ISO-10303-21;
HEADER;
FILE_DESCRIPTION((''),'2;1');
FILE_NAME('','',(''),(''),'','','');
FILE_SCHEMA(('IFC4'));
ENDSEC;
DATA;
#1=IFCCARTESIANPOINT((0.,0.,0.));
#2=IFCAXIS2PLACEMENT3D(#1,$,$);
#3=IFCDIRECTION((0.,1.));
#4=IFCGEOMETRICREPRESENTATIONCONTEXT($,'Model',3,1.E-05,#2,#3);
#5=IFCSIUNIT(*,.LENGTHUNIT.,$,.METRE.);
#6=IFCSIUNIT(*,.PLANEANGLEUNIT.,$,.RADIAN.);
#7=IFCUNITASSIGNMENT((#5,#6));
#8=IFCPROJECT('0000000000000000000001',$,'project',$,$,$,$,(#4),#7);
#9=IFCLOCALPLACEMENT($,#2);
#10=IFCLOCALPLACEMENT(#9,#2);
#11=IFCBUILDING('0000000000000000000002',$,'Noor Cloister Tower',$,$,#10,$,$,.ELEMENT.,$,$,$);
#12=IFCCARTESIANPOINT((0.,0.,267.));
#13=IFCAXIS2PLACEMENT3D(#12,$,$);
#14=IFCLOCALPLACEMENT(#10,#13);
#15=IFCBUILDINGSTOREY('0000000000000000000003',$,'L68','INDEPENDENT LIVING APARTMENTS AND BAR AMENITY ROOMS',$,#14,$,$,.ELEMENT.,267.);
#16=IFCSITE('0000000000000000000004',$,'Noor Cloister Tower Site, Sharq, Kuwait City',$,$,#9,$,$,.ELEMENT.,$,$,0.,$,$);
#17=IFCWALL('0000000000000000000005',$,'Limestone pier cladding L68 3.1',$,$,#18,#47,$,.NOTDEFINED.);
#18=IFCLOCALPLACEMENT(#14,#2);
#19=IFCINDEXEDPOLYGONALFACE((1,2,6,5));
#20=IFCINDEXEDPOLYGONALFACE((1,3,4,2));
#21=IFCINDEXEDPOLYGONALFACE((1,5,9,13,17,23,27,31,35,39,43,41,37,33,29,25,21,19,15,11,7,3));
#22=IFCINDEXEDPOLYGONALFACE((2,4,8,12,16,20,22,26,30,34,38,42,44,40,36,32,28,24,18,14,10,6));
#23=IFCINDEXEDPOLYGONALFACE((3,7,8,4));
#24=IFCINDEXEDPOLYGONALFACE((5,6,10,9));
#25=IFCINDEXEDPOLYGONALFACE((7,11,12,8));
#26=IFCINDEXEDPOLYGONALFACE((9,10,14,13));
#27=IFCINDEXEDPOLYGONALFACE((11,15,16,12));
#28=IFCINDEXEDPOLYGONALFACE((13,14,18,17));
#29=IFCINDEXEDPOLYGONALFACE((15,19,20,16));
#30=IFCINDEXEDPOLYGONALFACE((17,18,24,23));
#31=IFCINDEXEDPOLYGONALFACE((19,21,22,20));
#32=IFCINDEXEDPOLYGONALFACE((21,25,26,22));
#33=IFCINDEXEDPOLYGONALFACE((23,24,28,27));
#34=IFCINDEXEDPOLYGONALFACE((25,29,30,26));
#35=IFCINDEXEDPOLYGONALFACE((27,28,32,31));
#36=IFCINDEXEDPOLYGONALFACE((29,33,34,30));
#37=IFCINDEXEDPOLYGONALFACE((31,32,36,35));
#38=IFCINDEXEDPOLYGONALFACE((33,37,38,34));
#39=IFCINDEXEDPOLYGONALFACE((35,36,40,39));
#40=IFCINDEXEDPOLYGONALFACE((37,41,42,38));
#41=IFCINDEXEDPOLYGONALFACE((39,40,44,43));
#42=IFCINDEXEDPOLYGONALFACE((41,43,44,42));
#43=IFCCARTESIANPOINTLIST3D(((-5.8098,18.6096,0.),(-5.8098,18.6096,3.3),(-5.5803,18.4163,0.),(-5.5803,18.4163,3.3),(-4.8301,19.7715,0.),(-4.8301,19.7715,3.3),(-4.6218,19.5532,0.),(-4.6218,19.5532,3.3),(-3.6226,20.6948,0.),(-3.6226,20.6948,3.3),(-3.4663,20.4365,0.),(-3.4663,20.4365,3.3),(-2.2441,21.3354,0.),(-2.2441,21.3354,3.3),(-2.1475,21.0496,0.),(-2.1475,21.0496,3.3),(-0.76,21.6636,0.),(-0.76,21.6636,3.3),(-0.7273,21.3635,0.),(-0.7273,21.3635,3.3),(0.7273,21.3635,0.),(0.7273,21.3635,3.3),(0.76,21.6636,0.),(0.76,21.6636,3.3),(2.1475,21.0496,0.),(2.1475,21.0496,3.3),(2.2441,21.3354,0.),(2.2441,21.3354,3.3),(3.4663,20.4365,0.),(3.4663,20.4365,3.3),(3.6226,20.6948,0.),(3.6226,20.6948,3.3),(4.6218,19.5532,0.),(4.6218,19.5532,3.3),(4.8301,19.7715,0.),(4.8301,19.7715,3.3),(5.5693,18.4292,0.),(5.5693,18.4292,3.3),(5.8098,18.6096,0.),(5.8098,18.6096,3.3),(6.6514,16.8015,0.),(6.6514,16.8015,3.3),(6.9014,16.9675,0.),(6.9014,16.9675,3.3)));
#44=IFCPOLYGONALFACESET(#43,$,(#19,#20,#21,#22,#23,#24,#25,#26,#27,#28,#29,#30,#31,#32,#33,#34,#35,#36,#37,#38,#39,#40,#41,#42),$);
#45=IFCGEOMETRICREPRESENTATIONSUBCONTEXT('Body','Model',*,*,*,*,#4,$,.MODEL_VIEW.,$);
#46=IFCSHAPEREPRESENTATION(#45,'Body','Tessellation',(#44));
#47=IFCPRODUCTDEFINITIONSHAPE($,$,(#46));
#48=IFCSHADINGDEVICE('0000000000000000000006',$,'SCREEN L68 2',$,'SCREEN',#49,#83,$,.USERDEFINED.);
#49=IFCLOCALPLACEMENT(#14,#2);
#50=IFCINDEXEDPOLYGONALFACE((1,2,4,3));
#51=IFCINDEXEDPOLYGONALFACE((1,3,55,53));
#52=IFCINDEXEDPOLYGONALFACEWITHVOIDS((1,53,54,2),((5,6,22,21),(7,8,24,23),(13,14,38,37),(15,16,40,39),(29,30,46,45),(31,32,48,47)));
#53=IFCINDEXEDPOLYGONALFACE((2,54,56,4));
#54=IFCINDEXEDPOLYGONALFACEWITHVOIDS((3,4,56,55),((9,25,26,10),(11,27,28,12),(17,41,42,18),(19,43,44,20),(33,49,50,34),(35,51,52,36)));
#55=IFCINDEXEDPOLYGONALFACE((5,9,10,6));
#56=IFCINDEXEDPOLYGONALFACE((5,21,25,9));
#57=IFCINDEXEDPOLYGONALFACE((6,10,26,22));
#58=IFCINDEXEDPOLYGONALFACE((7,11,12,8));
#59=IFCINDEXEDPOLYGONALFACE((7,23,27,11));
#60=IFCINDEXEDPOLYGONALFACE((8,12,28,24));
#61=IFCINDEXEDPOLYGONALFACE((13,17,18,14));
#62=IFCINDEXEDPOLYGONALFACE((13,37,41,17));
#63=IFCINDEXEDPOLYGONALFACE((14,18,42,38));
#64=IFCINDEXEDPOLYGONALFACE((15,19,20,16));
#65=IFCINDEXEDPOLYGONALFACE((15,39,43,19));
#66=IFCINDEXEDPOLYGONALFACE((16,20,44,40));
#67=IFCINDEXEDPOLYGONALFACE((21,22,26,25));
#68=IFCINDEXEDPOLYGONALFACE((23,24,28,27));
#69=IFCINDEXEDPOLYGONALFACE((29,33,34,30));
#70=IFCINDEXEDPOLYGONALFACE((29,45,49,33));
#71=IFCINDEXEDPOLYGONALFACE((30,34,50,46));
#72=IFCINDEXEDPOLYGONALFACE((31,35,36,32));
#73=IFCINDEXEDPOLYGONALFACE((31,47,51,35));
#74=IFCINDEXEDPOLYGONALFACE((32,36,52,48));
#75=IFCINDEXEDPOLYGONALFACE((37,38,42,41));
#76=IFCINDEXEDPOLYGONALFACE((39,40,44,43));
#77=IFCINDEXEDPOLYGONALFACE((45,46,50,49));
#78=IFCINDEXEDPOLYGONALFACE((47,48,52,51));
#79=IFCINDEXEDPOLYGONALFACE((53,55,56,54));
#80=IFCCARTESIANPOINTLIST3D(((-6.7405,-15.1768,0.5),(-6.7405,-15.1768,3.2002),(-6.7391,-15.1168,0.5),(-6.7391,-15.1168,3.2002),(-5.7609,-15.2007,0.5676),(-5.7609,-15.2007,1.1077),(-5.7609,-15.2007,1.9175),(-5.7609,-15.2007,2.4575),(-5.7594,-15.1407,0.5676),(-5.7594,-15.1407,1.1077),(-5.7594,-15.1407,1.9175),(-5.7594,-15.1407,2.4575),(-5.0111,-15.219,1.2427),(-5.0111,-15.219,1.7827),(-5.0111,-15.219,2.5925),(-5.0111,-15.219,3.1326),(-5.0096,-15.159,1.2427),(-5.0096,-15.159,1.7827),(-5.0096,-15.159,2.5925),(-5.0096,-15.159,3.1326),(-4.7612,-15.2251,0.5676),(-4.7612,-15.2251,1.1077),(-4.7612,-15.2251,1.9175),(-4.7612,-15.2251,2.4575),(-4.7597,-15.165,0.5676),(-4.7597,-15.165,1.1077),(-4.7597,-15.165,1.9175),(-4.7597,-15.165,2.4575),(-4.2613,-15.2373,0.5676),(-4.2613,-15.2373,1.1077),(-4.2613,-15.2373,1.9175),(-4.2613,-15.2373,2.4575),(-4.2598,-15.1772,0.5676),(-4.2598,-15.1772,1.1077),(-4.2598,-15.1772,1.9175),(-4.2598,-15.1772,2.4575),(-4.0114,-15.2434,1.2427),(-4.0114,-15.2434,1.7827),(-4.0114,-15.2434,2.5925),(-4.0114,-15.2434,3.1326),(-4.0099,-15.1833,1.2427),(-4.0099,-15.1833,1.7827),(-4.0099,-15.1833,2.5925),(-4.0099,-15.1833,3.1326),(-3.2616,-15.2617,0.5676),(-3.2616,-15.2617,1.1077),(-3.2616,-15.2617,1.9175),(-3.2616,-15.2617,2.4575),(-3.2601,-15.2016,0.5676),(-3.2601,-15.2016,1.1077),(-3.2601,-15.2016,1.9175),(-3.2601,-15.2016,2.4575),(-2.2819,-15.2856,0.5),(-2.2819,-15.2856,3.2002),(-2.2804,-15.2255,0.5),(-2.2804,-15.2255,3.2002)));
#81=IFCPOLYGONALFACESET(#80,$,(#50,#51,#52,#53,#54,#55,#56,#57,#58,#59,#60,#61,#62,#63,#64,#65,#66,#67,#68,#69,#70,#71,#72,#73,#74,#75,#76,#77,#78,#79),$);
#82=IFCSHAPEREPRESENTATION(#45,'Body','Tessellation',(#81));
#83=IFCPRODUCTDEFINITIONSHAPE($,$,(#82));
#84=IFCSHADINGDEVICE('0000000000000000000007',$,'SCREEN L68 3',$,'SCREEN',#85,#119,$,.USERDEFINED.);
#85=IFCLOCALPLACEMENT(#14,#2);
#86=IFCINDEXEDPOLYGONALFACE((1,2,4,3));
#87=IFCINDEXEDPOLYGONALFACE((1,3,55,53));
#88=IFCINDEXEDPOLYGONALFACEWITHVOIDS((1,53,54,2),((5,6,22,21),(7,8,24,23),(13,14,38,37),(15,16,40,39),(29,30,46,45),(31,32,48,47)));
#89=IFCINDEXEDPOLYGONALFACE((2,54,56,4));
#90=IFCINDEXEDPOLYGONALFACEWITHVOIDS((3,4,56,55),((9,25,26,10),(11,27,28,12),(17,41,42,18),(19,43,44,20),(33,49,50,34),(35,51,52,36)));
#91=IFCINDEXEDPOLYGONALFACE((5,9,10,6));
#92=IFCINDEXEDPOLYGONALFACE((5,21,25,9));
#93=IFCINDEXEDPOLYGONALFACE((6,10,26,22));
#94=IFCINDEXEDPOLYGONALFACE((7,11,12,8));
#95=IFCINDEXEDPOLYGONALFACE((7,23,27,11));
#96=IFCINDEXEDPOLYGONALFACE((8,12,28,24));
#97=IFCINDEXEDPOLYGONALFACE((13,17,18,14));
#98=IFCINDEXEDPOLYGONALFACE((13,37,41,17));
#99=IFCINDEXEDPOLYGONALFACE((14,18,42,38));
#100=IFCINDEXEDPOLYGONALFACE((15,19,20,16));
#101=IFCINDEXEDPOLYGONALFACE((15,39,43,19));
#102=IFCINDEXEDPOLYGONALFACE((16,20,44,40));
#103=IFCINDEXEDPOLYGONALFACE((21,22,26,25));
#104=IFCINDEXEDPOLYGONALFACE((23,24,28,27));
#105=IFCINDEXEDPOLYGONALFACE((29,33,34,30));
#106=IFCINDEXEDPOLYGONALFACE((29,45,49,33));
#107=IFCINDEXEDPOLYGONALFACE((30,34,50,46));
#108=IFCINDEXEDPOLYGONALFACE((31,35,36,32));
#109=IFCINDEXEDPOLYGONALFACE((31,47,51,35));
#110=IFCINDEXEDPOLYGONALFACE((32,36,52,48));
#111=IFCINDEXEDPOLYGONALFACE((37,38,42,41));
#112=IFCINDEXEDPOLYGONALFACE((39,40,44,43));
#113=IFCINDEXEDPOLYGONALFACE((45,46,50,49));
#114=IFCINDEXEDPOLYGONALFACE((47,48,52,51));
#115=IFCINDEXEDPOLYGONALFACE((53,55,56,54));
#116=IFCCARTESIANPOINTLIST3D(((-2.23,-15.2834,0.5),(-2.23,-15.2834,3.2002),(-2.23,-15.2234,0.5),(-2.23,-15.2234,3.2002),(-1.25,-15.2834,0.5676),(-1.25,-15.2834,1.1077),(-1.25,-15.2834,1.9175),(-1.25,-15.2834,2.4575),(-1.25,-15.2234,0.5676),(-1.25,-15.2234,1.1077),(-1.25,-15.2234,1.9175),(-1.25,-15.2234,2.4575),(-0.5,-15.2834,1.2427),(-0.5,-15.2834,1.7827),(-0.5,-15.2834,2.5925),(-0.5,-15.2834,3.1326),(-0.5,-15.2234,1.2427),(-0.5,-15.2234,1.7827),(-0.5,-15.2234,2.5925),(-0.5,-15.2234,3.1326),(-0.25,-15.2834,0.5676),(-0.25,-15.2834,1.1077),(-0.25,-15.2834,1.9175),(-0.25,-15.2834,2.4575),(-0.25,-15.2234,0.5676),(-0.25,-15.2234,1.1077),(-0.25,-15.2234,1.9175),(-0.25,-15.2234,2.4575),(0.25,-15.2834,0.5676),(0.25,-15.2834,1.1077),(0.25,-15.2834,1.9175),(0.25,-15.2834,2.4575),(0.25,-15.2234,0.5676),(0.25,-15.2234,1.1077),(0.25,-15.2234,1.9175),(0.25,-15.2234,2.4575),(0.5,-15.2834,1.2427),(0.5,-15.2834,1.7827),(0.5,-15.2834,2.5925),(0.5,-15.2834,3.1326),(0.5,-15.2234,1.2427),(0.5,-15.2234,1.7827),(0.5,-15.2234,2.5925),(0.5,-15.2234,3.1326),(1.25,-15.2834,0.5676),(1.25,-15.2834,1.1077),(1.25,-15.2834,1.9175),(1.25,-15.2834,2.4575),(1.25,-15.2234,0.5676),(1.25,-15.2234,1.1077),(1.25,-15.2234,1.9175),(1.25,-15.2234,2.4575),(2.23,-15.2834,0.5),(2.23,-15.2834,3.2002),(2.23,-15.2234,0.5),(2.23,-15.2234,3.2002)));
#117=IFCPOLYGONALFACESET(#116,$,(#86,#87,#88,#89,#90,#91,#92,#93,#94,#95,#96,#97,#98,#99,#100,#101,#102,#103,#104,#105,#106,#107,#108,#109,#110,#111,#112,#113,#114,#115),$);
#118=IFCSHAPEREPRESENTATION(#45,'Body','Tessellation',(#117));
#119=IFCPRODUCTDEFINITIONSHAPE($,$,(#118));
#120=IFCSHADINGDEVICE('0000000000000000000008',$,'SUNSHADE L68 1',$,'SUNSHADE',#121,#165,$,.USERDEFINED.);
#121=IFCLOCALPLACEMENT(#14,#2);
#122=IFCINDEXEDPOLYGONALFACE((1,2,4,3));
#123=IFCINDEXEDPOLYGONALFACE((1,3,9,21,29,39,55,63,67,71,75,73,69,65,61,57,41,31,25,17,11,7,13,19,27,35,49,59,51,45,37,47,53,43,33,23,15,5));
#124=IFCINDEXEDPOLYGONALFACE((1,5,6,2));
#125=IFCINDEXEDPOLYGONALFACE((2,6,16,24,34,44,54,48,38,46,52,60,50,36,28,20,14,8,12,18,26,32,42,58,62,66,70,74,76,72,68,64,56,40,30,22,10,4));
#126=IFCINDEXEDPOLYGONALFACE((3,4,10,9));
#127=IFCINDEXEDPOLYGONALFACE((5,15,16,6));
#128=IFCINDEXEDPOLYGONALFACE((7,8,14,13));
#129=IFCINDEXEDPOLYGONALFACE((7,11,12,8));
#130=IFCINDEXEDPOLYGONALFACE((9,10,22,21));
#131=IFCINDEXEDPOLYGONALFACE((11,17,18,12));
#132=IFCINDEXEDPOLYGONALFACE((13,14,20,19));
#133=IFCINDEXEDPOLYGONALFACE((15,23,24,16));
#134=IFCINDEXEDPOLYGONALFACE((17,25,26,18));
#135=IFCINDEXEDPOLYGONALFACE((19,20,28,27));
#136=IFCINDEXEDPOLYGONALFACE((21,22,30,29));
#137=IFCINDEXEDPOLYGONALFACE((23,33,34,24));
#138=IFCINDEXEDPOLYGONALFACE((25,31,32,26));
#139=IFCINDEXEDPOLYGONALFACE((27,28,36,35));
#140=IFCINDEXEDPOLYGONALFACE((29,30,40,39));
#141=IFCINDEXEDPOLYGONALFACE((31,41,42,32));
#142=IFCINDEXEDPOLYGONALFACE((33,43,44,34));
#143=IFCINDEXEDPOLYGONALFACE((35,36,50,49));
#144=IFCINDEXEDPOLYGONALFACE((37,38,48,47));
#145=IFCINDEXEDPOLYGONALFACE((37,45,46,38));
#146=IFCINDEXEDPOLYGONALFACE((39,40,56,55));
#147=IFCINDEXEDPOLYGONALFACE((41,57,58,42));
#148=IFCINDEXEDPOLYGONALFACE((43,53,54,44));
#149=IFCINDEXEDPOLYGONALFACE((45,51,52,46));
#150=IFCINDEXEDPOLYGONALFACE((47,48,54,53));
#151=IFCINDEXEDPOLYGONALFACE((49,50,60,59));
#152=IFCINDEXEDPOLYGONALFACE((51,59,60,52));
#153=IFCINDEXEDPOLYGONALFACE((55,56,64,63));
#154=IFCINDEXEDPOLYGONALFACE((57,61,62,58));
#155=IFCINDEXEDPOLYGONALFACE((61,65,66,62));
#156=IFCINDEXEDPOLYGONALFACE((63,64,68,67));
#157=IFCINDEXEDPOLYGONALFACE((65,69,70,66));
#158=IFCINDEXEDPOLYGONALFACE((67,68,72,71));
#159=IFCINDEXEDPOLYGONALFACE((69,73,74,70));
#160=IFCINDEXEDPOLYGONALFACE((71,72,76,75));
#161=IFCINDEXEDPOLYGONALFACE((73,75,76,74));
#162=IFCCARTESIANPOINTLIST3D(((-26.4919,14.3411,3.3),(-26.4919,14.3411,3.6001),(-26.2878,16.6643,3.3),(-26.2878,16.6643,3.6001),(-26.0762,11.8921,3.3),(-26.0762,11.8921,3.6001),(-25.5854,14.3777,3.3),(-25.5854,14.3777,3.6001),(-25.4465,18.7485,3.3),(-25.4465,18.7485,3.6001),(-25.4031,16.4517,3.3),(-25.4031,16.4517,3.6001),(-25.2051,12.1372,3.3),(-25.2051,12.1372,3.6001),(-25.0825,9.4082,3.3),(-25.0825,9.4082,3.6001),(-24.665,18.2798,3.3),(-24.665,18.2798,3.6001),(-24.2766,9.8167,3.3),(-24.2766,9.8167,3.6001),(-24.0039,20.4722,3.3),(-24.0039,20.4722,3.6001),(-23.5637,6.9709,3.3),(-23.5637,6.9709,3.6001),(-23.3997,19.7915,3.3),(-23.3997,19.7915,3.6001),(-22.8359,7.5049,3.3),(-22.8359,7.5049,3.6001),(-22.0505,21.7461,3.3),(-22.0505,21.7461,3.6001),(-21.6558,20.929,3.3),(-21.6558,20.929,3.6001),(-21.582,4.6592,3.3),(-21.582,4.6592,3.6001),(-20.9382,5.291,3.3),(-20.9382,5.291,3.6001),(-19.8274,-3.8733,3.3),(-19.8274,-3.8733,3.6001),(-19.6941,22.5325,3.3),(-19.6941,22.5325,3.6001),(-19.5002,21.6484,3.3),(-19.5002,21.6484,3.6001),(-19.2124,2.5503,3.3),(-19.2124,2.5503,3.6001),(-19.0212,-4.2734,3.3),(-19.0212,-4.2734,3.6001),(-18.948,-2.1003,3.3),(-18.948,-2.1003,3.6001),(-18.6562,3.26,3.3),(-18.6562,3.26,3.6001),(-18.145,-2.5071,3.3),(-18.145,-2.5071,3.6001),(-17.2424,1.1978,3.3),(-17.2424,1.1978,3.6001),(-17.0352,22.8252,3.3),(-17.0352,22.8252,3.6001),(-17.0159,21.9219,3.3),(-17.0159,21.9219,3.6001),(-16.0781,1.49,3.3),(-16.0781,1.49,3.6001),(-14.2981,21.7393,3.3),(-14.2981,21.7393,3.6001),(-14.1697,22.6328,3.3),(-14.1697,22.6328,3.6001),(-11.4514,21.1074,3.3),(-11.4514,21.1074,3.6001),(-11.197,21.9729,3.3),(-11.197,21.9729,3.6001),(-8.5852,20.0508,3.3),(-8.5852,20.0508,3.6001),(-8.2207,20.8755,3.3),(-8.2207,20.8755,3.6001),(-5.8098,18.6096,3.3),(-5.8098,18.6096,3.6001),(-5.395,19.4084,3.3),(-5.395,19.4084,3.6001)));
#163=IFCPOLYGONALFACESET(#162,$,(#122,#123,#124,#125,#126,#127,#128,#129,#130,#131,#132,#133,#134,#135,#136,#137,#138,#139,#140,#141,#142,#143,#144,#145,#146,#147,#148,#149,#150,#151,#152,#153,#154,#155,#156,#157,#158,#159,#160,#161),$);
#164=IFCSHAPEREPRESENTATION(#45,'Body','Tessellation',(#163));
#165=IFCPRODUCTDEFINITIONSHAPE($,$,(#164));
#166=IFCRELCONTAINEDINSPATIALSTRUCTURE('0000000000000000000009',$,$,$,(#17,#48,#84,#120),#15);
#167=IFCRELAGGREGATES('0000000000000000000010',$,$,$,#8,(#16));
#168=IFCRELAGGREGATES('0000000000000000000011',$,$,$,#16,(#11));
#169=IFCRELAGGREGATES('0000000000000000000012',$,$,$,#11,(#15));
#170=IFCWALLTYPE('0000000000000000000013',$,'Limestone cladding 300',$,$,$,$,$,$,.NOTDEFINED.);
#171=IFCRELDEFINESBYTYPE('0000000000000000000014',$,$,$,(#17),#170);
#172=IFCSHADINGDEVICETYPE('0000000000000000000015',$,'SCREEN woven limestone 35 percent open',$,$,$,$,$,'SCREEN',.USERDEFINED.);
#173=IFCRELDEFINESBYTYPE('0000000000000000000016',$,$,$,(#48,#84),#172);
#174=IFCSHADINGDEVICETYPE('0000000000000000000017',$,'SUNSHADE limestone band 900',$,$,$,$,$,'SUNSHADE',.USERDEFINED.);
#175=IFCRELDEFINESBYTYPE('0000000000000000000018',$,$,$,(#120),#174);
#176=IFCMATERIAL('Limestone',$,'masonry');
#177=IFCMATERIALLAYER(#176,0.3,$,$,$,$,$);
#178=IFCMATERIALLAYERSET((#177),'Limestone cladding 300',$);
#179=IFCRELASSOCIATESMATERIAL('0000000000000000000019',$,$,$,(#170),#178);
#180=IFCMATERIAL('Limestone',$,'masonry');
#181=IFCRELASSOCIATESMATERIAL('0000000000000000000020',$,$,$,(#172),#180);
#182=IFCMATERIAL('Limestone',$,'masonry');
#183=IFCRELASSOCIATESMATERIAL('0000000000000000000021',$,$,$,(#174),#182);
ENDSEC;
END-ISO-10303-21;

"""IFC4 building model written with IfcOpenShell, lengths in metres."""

from ifc_helpers import new_model, si_unit, direction, frame, origin, place, context, subcontext, project, spatial, polyline, outline, extrude, material, layer, layer_set, material_profile, profile_set, type_object, element, save


model = new_model("IFC4")

# Units and contexts
model_context = context("Model", 3, precision=1e-05, world=origin(), true_north=direction((0.0, 1.0)))
body_context = subcontext(model_context, "Body", "Model", "MODEL_VIEW")
ifc_project = project(units=[si_unit("LENGTHUNIT", "METRE"), si_unit("PLANEANGLEUNIT", "RADIAN")], contexts=[model_context])

# Site, building, storey
site_placement = place(None, origin())
site = spatial("IfcSite", under=ifc_project, at=site_placement, Name="Noor Cloister Tower Site, Sharq, Kuwait City", CompositionType="ELEMENT", RefElevation=0.0)
building_placement = place(site_placement, origin())
building = spatial("IfcBuilding", under=site, at=building_placement, Name="Noor Cloister Tower", CompositionType="ELEMENT")
storey_placement = place(building_placement, frame((0.0, 0.0, 267.0)))
storey = spatial("IfcBuildingStorey", under=building, at=storey_placement, Name="L68", Description="INDEPENDENT LIVING APARTMENTS AND BAR AMENITY ROOMS", CompositionType="ELEMENT", Elevation=267.0)

# Wall
ifc_material_1 = material(Name="Limestone", Category="masonry")
ifc_layer_1 = layer(ifc_material_1, 0.3)
ifc_layer_set_1 = layer_set([ifc_layer_1], Name="Limestone cladding 300")
wall_type_1 = type_object("IfcWallType", Name="Limestone cladding 300", PredefinedType="NOTDEFINED", material=ifc_layer_set_1)
wall_1_placement = place(storey_placement, origin())
element("IfcWall", 1, at=wall_1_placement, inside=storey, type_object=wall_type_1, Name="Limestone pier cladding L68 3.1", PredefinedType="NOTDEFINED", context=body_context, shape_type="SweptSolid", body=[
    extrude(outline(polyline([(6.9014, 16.9675), (5.8098, 18.6096), (4.8301, 19.7715), (3.6226, 20.6948), (2.2441, 21.3354), (0.76, 21.6636), (-0.76, 21.6636), (-2.2441, 21.3354), (-3.6226, 20.6948), (-4.8301, 19.7715), (-5.8098, 18.6096), (-5.5803, 18.4163), (-4.6218, 19.5532), (-3.4663, 20.4365), (-2.1475, 21.0496), (-0.7273, 21.3635), (0.7273, 21.3635), (2.1475, 21.0496), (3.4663, 20.4365), (4.6218, 19.5532), (5.5693, 18.4292), (6.6514, 16.8015), (6.9014, 16.9675)])), origin(), (0.0, 0.0, 1.0), 3.3),
])

# Shading devices
ifc_material_2 = material(Name="Limestone", Category="masonry")
ifc_material_profile_1 = material_profile(ifc_material_2, outline(polyline([(-2.23, -1.3501), (2.23, -1.3501), (2.23, 1.3501), (-2.23, 1.3501), (-2.23, -1.3501)]), holes=[polyline([(-1.25, -1.2825), (-0.25, -1.2825), (-0.25, -0.7424), (-1.25, -0.7424), (-1.25, -1.2825)]), polyline([(0.25, -1.2825), (1.25, -1.2825), (1.25, -0.7424), (0.25, -0.7424), (0.25, -1.2825)]), polyline([(-0.5, -0.6074), (0.5, -0.6074), (0.5, -0.0674), (-0.5, -0.0674), (-0.5, -0.6074)]), polyline([(-1.25, 0.0674), (-0.25, 0.0674), (-0.25, 0.6074), (-1.25, 0.6074), (-1.25, 0.0674)]), polyline([(0.25, 0.0674), (1.25, 0.0674), (1.25, 0.6074), (0.25, 0.6074), (0.25, 0.0674)]), polyline([(-0.5, 0.7424), (0.5, 0.7424), (0.5, 1.2825), (-0.5, 1.2825), (-0.5, 0.7424)])]), Name="Woven screen 35 percent open")
ifc_profile_set_1 = profile_set([ifc_material_profile_1], Name="Limestone")
shading_device_type_1 = type_object("IfcShadingDeviceType", Name="SCREEN woven limestone 35 percent open", ElementType="SCREEN", PredefinedType="USERDEFINED", material=ifc_profile_set_1)
for number, where, z_axis, x_axis, name in (
    (2, (-4.5098, -15.1711, 1.8501), (-0.024383, -0.999703, 0.0), (0.999703, -0.024383, 0.0), "SCREEN L68 2"),
    (3, (0.0, -15.2234, 1.8501), (0.0, -1.0, 0.0), (1.0, 0.0, 0.0), "SCREEN L68 3"),
):
    element("IfcShadingDevice", number, at=place(storey_placement, frame(where, z_axis=z_axis, x_axis=x_axis)), inside=storey, type_object=shading_device_type_1, Name=name, ObjectType="SCREEN", PredefinedType="USERDEFINED", context=body_context, shape_type="SweptSolid", body=[
        extrude(outline(polyline([(-2.23, -1.3501), (2.23, -1.3501), (2.23, 1.3501), (-2.23, 1.3501), (-2.23, -1.3501)]), holes=[polyline([(-1.25, -1.2825), (-0.25, -1.2825), (-0.25, -0.7424), (-1.25, -0.7424), (-1.25, -1.2825)]), polyline([(0.25, -1.2825), (1.25, -1.2825), (1.25, -0.7424), (0.25, -0.7424), (0.25, -1.2825)]), polyline([(-0.5, -0.6074), (0.5, -0.6074), (0.5, -0.0674), (-0.5, -0.0674), (-0.5, -0.6074)]), polyline([(-1.25, 0.0674), (-0.25, 0.0674), (-0.25, 0.6074), (-1.25, 0.6074), (-1.25, 0.0674)]), polyline([(0.25, 0.0674), (1.25, 0.0674), (1.25, 0.6074), (0.25, 0.6074), (0.25, 0.0674)]), polyline([(-0.5, 0.7424), (0.5, 0.7424), (0.5, 1.2825), (-0.5, 1.2825), (-0.5, 0.7424)])]), origin(), (0.0, 0.0, 1.0), 0.0601),
    ])
ifc_material_3 = material(Name="Limestone", Category="masonry")
shading_device_type_2 = type_object("IfcShadingDeviceType", Name="SUNSHADE limestone band 900", ElementType="SUNSHADE", PredefinedType="USERDEFINED", material=ifc_material_3)
shading_device_1_placement = place(storey_placement, frame((0.0, 0.0, 3.3)))
element("IfcShadingDevice", 4, at=shading_device_1_placement, inside=storey, type_object=shading_device_type_2, Name="SUNSHADE L68 1", ObjectType="SUNSHADE", PredefinedType="USERDEFINED", context=body_context, shape_type="SweptSolid", body=[
    extrude(outline(polyline([(-5.395, 19.4084), (-8.2207, 20.8755), (-11.197, 21.9729), (-14.1697, 22.6328), (-17.0352, 22.8252), (-19.6941, 22.5325), (-22.0505, 21.7461), (-24.0039, 20.4722), (-25.4465, 18.7485), (-26.2878, 16.6643), (-26.4919, 14.3411), (-26.0762, 11.8921), (-25.0825, 9.4082), (-23.5637, 6.9709), (-21.582, 4.6592), (-19.2124, 2.5503), (-17.2424, 1.1978), (-18.948, -2.1003), (-19.8274, -3.8733), (-19.0212, -4.2734), (-18.145, -2.5071), (-16.0781, 1.49), (-18.6562, 3.26), (-20.9382, 5.291), (-22.8359, 7.5049), (-24.2766, 9.8167), (-25.2051, 12.1372), (-25.5854, 14.3777), (-25.4031, 16.4517), (-24.665, 18.2798), (-23.3997, 19.7915), (-21.6558, 20.929), (-19.5002, 21.6484), (-17.0159, 21.9219), (-14.2981, 21.7393), (-11.4514, 21.1074), (-8.5852, 20.0508), (-5.8098, 18.6096), (-5.395, 19.4084)])), origin(), (0.0, 0.0, 1.0), 0.3),
])

save(model, "model.ifc")
